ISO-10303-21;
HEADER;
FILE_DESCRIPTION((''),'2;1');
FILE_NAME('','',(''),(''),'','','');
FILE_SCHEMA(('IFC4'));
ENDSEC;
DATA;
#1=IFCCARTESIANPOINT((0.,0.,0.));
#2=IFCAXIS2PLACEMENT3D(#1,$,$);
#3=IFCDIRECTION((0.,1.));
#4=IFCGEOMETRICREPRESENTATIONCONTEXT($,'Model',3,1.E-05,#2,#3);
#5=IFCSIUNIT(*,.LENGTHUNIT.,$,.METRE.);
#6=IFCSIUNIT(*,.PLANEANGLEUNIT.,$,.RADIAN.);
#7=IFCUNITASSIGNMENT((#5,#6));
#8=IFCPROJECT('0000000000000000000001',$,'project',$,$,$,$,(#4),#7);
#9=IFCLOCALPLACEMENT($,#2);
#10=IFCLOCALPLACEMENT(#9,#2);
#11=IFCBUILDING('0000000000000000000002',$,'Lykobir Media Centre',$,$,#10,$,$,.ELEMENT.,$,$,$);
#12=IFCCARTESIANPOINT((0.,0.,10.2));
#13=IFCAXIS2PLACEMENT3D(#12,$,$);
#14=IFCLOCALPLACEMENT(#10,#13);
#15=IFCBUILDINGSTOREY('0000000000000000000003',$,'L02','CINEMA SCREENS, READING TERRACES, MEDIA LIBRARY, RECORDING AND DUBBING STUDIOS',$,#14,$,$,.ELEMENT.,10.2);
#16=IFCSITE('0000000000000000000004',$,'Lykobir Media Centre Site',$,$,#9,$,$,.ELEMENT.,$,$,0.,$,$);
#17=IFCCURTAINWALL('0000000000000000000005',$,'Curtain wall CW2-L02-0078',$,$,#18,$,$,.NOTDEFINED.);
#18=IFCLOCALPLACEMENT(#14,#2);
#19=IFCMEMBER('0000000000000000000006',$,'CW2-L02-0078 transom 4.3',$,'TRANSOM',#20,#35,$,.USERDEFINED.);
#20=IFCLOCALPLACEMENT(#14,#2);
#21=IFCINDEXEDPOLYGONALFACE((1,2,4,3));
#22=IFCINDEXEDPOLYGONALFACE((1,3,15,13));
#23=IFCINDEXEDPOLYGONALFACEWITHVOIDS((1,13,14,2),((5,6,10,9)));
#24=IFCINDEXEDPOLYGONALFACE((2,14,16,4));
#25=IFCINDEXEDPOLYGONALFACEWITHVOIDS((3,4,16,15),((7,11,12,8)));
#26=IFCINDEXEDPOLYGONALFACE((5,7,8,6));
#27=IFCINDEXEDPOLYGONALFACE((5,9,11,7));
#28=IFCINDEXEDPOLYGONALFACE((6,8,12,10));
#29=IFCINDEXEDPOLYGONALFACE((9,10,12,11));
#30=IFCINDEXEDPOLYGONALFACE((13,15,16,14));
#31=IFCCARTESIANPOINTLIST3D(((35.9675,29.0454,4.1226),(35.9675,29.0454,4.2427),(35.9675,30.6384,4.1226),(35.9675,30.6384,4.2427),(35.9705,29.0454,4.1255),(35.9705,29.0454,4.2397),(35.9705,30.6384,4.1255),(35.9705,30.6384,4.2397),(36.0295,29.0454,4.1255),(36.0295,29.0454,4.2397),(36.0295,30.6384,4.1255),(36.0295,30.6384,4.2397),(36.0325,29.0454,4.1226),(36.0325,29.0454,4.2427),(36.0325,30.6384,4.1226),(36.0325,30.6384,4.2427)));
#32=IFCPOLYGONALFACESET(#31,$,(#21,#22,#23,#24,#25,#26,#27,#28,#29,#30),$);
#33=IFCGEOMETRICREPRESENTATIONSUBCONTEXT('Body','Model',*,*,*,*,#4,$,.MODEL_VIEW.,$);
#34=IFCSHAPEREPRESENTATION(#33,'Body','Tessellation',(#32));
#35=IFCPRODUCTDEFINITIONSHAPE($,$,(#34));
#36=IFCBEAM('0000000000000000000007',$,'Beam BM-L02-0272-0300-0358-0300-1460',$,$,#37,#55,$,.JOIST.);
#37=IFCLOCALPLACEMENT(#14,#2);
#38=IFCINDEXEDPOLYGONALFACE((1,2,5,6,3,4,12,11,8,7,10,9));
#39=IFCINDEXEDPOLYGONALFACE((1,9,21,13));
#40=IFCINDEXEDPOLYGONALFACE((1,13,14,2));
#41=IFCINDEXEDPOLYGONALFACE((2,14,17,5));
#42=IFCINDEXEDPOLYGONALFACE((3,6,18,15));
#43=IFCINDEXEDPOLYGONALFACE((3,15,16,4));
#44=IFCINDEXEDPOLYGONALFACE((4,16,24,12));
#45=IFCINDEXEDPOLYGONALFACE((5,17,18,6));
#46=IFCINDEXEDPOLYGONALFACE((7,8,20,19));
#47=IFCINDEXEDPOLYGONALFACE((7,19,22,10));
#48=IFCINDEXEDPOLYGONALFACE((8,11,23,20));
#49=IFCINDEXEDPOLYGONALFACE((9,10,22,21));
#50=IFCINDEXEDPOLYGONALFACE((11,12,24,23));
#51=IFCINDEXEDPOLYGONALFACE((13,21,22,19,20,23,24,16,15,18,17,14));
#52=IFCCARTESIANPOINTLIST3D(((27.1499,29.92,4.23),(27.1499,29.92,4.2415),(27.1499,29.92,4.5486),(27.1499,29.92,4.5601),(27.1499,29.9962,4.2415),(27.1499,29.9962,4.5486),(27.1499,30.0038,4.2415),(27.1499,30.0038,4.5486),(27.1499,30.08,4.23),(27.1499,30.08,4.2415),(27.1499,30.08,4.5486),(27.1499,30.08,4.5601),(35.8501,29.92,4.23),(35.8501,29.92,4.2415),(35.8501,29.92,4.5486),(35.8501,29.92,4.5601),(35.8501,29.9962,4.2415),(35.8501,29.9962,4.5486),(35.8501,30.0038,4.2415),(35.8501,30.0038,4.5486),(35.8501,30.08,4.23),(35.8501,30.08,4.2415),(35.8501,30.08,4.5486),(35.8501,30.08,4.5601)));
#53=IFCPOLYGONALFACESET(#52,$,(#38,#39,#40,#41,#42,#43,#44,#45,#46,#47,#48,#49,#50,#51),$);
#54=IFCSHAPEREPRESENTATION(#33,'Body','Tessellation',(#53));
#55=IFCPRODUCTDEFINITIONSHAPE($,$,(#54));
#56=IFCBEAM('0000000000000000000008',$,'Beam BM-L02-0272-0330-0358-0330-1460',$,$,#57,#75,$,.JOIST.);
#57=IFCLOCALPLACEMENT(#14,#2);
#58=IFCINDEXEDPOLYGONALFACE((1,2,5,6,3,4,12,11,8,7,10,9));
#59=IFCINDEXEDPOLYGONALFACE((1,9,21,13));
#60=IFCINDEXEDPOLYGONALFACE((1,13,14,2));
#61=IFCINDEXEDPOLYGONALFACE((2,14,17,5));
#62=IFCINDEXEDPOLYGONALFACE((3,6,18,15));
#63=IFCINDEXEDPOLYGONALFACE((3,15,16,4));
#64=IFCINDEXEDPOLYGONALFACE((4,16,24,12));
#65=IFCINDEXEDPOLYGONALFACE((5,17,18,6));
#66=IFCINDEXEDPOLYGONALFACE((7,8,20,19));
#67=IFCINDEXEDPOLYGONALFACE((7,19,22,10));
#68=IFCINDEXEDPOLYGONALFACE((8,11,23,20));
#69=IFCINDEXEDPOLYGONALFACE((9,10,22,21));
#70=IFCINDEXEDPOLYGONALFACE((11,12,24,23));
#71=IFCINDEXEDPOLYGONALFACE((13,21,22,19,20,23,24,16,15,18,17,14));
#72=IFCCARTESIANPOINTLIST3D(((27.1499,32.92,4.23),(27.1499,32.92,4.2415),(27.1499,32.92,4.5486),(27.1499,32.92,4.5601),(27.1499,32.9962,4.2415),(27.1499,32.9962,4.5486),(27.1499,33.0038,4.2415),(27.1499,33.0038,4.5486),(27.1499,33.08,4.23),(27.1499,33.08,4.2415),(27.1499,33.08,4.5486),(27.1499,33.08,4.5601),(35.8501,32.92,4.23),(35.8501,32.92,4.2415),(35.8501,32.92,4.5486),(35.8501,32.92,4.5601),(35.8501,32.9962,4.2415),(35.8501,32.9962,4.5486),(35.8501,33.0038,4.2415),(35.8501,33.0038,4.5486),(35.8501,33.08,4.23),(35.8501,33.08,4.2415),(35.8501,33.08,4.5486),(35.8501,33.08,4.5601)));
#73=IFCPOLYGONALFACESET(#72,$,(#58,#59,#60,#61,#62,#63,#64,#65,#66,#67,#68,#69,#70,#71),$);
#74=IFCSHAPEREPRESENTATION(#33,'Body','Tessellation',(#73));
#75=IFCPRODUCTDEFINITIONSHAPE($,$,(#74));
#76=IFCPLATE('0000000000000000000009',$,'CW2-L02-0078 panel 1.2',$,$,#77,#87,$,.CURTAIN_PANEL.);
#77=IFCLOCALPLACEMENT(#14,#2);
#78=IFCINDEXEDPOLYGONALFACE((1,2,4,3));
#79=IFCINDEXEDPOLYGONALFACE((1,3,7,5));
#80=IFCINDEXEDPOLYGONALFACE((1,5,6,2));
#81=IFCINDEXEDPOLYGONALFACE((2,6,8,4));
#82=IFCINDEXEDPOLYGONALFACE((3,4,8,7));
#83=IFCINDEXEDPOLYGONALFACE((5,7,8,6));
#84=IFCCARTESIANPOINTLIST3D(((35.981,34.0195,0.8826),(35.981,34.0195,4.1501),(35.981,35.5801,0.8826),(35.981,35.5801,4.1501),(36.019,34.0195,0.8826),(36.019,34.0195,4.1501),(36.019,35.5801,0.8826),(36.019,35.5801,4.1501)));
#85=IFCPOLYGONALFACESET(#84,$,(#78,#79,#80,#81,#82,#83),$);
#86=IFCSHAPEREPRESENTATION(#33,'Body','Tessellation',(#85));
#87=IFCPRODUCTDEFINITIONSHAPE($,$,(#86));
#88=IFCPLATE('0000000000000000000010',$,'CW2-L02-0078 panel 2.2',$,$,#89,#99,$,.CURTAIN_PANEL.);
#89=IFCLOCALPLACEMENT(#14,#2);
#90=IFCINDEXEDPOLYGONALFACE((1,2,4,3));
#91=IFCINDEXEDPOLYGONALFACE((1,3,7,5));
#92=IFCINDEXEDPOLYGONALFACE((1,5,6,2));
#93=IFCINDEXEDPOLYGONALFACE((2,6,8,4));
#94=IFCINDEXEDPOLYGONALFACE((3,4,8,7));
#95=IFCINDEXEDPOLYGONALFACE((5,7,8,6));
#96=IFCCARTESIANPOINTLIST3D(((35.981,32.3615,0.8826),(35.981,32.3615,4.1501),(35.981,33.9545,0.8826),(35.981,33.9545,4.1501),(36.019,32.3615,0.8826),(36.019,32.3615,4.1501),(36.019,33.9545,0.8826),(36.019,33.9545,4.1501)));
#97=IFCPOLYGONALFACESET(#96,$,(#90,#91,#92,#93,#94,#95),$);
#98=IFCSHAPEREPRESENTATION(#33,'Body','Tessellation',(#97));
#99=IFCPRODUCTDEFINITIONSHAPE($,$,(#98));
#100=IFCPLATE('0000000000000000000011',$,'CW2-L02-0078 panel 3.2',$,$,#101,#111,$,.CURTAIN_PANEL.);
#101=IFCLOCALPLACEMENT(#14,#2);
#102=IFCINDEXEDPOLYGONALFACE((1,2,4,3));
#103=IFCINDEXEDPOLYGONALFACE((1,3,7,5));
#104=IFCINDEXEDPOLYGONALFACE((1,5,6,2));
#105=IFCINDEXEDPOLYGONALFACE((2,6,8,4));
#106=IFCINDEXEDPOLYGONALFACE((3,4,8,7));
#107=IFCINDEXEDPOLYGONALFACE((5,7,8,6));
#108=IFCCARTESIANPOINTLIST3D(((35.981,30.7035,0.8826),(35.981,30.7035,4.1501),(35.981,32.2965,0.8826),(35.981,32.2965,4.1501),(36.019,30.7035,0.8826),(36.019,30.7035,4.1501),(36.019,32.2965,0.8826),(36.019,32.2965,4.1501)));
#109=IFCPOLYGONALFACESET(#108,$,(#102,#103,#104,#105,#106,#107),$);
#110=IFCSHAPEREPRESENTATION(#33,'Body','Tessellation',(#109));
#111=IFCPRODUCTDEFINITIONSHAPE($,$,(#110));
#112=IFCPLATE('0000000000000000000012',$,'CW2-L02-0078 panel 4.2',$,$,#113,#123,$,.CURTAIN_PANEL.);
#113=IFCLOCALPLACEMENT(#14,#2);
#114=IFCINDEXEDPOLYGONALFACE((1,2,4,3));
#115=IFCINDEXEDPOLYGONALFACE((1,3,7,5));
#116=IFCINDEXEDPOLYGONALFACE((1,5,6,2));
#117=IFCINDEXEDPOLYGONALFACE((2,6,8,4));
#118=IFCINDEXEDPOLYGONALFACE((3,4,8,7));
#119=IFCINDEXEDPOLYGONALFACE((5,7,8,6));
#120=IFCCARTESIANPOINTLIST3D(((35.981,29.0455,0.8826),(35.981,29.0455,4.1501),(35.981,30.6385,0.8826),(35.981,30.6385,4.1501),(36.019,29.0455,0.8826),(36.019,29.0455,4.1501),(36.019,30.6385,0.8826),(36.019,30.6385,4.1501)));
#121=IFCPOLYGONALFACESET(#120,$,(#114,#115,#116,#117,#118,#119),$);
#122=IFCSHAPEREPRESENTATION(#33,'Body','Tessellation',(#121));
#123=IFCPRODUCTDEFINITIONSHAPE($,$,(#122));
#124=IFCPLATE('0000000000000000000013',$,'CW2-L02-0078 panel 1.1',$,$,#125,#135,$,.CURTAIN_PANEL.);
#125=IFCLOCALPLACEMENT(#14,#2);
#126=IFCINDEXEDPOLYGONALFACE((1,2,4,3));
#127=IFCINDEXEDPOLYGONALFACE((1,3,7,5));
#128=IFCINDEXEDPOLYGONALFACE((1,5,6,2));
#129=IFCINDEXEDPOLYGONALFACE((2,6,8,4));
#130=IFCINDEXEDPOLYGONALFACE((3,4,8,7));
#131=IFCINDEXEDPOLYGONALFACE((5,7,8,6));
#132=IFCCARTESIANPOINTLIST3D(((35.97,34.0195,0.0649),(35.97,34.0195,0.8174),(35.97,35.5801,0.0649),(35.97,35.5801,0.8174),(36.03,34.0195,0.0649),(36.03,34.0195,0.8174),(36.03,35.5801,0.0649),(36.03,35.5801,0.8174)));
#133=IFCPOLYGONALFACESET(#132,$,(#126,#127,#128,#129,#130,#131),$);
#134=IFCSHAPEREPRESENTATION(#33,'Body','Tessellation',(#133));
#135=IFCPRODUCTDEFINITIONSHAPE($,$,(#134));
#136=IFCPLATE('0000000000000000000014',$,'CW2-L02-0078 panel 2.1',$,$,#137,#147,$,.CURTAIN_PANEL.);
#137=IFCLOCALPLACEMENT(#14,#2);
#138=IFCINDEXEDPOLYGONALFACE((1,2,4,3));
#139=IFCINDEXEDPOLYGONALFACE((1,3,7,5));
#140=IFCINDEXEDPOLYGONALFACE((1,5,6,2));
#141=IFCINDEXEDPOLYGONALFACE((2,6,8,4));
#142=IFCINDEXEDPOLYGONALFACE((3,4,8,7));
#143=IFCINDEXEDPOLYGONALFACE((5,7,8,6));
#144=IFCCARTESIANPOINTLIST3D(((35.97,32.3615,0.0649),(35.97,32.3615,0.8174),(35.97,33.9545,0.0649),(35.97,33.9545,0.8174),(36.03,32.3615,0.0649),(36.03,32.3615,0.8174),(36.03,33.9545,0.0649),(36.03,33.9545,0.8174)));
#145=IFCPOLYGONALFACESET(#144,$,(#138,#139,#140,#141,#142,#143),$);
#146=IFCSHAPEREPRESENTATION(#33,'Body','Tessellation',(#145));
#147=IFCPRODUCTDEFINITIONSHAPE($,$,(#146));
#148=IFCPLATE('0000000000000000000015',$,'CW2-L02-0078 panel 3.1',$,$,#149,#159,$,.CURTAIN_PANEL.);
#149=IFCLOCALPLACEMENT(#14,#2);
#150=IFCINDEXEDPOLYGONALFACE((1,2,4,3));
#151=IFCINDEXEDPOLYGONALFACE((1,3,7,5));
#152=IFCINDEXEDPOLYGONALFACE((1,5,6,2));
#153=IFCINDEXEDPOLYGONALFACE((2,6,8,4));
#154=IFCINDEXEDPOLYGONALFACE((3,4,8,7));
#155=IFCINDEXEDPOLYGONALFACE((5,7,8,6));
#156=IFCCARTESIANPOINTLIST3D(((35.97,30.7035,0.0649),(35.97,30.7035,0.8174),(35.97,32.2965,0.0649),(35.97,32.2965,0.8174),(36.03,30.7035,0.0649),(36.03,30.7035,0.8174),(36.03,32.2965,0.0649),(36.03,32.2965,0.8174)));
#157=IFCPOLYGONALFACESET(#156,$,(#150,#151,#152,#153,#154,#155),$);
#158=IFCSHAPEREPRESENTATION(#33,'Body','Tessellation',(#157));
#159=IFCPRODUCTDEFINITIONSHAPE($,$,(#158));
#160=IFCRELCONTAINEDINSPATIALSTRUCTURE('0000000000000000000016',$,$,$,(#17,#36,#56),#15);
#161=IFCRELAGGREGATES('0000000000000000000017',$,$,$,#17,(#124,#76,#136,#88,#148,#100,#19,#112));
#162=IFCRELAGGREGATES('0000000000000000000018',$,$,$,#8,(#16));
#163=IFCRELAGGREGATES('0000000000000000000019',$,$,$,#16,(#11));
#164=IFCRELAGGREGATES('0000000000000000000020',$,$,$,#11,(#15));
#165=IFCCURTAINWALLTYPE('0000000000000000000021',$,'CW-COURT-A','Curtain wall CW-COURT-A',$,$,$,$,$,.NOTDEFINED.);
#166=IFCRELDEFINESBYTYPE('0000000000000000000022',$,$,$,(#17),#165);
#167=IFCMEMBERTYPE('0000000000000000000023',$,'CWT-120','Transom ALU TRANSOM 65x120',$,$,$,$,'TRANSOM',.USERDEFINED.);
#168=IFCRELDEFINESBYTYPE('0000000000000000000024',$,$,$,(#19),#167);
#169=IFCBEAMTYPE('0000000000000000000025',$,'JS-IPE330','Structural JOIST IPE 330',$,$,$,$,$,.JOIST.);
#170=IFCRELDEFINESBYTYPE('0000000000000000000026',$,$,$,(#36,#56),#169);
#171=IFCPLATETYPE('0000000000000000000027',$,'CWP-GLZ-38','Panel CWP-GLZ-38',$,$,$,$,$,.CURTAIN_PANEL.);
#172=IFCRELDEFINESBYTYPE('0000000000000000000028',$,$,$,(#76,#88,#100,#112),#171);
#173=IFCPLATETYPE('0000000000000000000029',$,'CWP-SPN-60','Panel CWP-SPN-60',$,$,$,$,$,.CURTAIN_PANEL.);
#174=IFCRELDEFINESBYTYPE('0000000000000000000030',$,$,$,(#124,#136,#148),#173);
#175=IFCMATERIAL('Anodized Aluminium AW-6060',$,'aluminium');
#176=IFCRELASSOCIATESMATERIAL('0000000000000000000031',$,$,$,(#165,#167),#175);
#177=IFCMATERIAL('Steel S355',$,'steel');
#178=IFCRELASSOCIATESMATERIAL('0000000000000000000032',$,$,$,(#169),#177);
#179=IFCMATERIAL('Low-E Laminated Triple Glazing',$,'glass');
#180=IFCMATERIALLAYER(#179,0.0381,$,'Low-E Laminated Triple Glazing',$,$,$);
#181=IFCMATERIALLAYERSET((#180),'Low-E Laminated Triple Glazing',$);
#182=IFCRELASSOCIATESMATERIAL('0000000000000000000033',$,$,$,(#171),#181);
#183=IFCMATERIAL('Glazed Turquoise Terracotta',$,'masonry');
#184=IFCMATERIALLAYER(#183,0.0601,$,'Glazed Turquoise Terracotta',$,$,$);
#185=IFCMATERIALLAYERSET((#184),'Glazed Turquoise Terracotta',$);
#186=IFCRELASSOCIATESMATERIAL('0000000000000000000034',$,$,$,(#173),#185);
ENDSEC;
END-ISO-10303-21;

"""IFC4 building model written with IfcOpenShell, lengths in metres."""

from ifc_helpers import new_model, si_unit, direction, frame, origin, origin_2d, place, context, subcontext, project, spatial, rectangle, hollow_rectangle, i_section, extrude, material, layer, layer_set, material_profile, profile_set, type_object, element, aggregate, save


model = new_model("IFC4")

# Units and contexts
model_context = context("Model", 3, precision=1e-05, world=origin(), true_north=direction((0.0, 1.0)))
body_context = subcontext(model_context, "Body", "Model", "MODEL_VIEW")
ifc_project = project(units=[si_unit("LENGTHUNIT", "METRE"), si_unit("PLANEANGLEUNIT", "RADIAN")], contexts=[model_context])

# Site, building, storey
site_placement = place(None, origin())
site = spatial("IfcSite", under=ifc_project, at=site_placement, Name="Lykobir Media Centre Site", CompositionType="ELEMENT", RefElevation=0.0)
building_placement = place(site_placement, origin())
building = spatial("IfcBuilding", under=site, at=building_placement, Name="Lykobir Media Centre", CompositionType="ELEMENT")
storey_placement = place(building_placement, frame((0.0, 0.0, 10.2)))
storey = spatial("IfcBuildingStorey", under=building, at=storey_placement, Name="L02", Description="CINEMA SCREENS, READING TERRACES, MEDIA LIBRARY, RECORDING AND DUBBING STUDIOS", CompositionType="ELEMENT", Elevation=10.2)

# Curtain wall, member
ifc_material_1 = material(Name="Anodized Aluminium AW-6060", Category="aluminium")
curtain_wall_type = type_object("IfcCurtainWallType", Name="CW-COURT-A", Description="Curtain wall CW-COURT-A", PredefinedType="NOTDEFINED", material=ifc_material_1)
curtain_wall_placement = place(storey_placement, origin())
curtain_wall = element("IfcCurtainWall", 1, at=curtain_wall_placement, inside=storey, type_object=curtain_wall_type, Name="Curtain wall CW2-L02-0078", PredefinedType="NOTDEFINED")
ifc_material_profile_1 = material_profile(ifc_material_1, hollow_rectangle(XDim=0.0649, YDim=0.1201, WallThickness=0.0029, at=origin_2d()), Name="ALU TRANSOM 65x120")
ifc_profile_set_1 = profile_set([ifc_material_profile_1], Name="Anodized Aluminium AW-6060")
member_type_1 = type_object("IfcMemberType", Name="CWT-120", Description="Transom ALU TRANSOM 65x120", ElementType="TRANSOM", PredefinedType="USERDEFINED", material=ifc_profile_set_1)
member_1_placement = place(storey_placement, frame((36.0, 30.6384, 4.1826), z_axis=(0.0, -1.0, 0.0), x_axis=(1.0, 0.0, 0.0)))
member_1 = element("IfcMember", 2, at=member_1_placement, type_object=member_type_1, Name="CW2-L02-0078 transom 4.3", ObjectType="TRANSOM", PredefinedType="USERDEFINED", context=body_context, shape_type="SweptSolid", body=[
    extrude(hollow_rectangle(XDim=0.0649, YDim=0.1201, WallThickness=0.0029, at=origin_2d()), origin(), (0.0, 0.0, 1.0), 1.593),
])

# Beams
ifc_material_2 = material(Name="Steel S355", Category="steel")
ifc_material_profile_2 = material_profile(ifc_material_2, i_section(OverallWidth=0.1599, OverallDepth=0.3301, WebThickness=0.0076, FlangeThickness=0.0115, at=origin_2d()), Name="IPE 330")
ifc_profile_set_2 = profile_set([ifc_material_profile_2], Name="Steel S355")
beam_type = type_object("IfcBeamType", Name="JS-IPE330", Description="Structural JOIST IPE 330", PredefinedType="JOIST", material=ifc_profile_set_2)
for number, where, z_axis, x_axis, name in (
    (3, (27.1499, 30.0, 4.395), (1.0, 0.0, 0.0), (0.0, 1.0, 0.0), "Beam BM-L02-0272-0300-0358-0300-1460"),
    (4, (27.1499, 33.0, 4.395), (1.0, 0.0, 0.0), (0.0, 1.0, 0.0), "Beam BM-L02-0272-0330-0358-0330-1460"),
):
    element("IfcBeam", number, at=place(storey_placement, frame(where, z_axis=z_axis, x_axis=x_axis)), inside=storey, type_object=beam_type, Name=name, PredefinedType="JOIST", context=body_context, shape_type="SweptSolid", body=[
        extrude(i_section(OverallWidth=0.1599, OverallDepth=0.3301, WebThickness=0.0076, FlangeThickness=0.0115, at=origin_2d()), origin(), (0.0, 0.0, 1.0), 8.7002),
    ])

# Plates
ifc_material_3 = material(Name="Low-E Laminated Triple Glazing", Category="glass")
ifc_layer_1 = layer(ifc_material_3, 0.0381, Name="Low-E Laminated Triple Glazing")
ifc_layer_set_1 = layer_set([ifc_layer_1], Name="Low-E Laminated Triple Glazing")
plate_type_1 = type_object("IfcPlateType", Name="CWP-GLZ-38", Description="Panel CWP-GLZ-38", PredefinedType="CURTAIN_PANEL", material=ifc_layer_set_1)
plate_1_placement = place(storey_placement, frame((36.0, 34.7998, 0.8826), z_axis=(0.0, 0.0, 1.0), x_axis=(0.0, -1.0, 0.0)))
plate_1 = element("IfcPlate", 5, at=plate_1_placement, type_object=plate_type_1, Name="CW2-L02-0078 panel 1.2", PredefinedType="CURTAIN_PANEL", context=body_context, shape_type="SweptSolid", body=[
    extrude(rectangle(XDim=1.5605, YDim=0.0381, at=origin_2d()), origin(), (0.0, 0.0, 1.0), 3.2676),
])
plate_2_placement = place(storey_placement, frame((36.0, 33.158, 0.8826), z_axis=(0.0, 0.0, 1.0), x_axis=(0.0, -1.0, 0.0)))
plate_2 = element("IfcPlate", 6, at=plate_2_placement, type_object=plate_type_1, Name="CW2-L02-0078 panel 2.2", PredefinedType="CURTAIN_PANEL", context=body_context, shape_type="SweptSolid", body=[
    extrude(rectangle(XDim=1.593, YDim=0.0381, at=origin_2d()), origin(), (0.0, 0.0, 1.0), 3.2676),
])
plate_3_placement = place(storey_placement, frame((36.0, 31.5, 0.8826), z_axis=(0.0, 0.0, 1.0), x_axis=(0.0, -1.0, 0.0)))
plate_3 = element("IfcPlate", 7, at=plate_3_placement, type_object=plate_type_1, Name="CW2-L02-0078 panel 3.2", PredefinedType="CURTAIN_PANEL", context=body_context, shape_type="SweptSolid", body=[
    extrude(rectangle(XDim=1.593, YDim=0.0381, at=origin_2d()), origin(), (0.0, 0.0, 1.0), 3.2676),
])
plate_4_placement = place(storey_placement, frame((36.0, 29.842, 0.8826), z_axis=(0.0, 0.0, 1.0), x_axis=(0.0, -1.0, 0.0)))
plate_4 = element("IfcPlate", 8, at=plate_4_placement, type_object=plate_type_1, Name="CW2-L02-0078 panel 4.2", PredefinedType="CURTAIN_PANEL", context=body_context, shape_type="SweptSolid", body=[
    extrude(rectangle(XDim=1.593, YDim=0.0381, at=origin_2d()), origin(), (0.0, 0.0, 1.0), 3.2676),
])
ifc_material_4 = material(Name="Glazed Turquoise Terracotta", Category="masonry")
ifc_layer_2 = layer(ifc_material_4, 0.0601, Name="Glazed Turquoise Terracotta")
ifc_layer_set_2 = layer_set([ifc_layer_2], Name="Glazed Turquoise Terracotta")
plate_type_2 = type_object("IfcPlateType", Name="CWP-SPN-60", Description="Panel CWP-SPN-60", PredefinedType="CURTAIN_PANEL", material=ifc_layer_set_2)
plate_5_placement = place(storey_placement, frame((36.0, 34.7998, 0.0649), z_axis=(0.0, 0.0, 1.0), x_axis=(0.0, -1.0, 0.0)))
plate_5 = element("IfcPlate", 9, at=plate_5_placement, type_object=plate_type_2, Name="CW2-L02-0078 panel 1.1", PredefinedType="CURTAIN_PANEL", context=body_context, shape_type="SweptSolid", body=[
    extrude(rectangle(XDim=1.5605, YDim=0.0601, at=origin_2d()), origin(), (0.0, 0.0, 1.0), 0.7524),
])
plate_6_placement = place(storey_placement, frame((36.0, 33.158, 0.0649), z_axis=(0.0, 0.0, 1.0), x_axis=(0.0, -1.0, 0.0)))
plate_6 = element("IfcPlate", 10, at=plate_6_placement, type_object=plate_type_2, Name="CW2-L02-0078 panel 2.1", PredefinedType="CURTAIN_PANEL", context=body_context, shape_type="SweptSolid", body=[
    extrude(rectangle(XDim=1.593, YDim=0.0601, at=origin_2d()), origin(), (0.0, 0.0, 1.0), 0.7524),
])
plate_7_placement = place(storey_placement, frame((36.0, 31.5, 0.0649), z_axis=(0.0, 0.0, 1.0), x_axis=(0.0, -1.0, 0.0)))
plate_7 = element("IfcPlate", 11, at=plate_7_placement, type_object=plate_type_2, Name="CW2-L02-0078 panel 3.1", PredefinedType="CURTAIN_PANEL", context=body_context, shape_type="SweptSolid", body=[
    extrude(rectangle(XDim=1.593, YDim=0.0601, at=origin_2d()), origin(), (0.0, 0.0, 1.0), 0.7524),
])
aggregate(curtain_wall, [plate_5, plate_1, plate_6, plate_2, plate_7, plate_3, member_1, plate_4])

save(model, "model.ifc")
